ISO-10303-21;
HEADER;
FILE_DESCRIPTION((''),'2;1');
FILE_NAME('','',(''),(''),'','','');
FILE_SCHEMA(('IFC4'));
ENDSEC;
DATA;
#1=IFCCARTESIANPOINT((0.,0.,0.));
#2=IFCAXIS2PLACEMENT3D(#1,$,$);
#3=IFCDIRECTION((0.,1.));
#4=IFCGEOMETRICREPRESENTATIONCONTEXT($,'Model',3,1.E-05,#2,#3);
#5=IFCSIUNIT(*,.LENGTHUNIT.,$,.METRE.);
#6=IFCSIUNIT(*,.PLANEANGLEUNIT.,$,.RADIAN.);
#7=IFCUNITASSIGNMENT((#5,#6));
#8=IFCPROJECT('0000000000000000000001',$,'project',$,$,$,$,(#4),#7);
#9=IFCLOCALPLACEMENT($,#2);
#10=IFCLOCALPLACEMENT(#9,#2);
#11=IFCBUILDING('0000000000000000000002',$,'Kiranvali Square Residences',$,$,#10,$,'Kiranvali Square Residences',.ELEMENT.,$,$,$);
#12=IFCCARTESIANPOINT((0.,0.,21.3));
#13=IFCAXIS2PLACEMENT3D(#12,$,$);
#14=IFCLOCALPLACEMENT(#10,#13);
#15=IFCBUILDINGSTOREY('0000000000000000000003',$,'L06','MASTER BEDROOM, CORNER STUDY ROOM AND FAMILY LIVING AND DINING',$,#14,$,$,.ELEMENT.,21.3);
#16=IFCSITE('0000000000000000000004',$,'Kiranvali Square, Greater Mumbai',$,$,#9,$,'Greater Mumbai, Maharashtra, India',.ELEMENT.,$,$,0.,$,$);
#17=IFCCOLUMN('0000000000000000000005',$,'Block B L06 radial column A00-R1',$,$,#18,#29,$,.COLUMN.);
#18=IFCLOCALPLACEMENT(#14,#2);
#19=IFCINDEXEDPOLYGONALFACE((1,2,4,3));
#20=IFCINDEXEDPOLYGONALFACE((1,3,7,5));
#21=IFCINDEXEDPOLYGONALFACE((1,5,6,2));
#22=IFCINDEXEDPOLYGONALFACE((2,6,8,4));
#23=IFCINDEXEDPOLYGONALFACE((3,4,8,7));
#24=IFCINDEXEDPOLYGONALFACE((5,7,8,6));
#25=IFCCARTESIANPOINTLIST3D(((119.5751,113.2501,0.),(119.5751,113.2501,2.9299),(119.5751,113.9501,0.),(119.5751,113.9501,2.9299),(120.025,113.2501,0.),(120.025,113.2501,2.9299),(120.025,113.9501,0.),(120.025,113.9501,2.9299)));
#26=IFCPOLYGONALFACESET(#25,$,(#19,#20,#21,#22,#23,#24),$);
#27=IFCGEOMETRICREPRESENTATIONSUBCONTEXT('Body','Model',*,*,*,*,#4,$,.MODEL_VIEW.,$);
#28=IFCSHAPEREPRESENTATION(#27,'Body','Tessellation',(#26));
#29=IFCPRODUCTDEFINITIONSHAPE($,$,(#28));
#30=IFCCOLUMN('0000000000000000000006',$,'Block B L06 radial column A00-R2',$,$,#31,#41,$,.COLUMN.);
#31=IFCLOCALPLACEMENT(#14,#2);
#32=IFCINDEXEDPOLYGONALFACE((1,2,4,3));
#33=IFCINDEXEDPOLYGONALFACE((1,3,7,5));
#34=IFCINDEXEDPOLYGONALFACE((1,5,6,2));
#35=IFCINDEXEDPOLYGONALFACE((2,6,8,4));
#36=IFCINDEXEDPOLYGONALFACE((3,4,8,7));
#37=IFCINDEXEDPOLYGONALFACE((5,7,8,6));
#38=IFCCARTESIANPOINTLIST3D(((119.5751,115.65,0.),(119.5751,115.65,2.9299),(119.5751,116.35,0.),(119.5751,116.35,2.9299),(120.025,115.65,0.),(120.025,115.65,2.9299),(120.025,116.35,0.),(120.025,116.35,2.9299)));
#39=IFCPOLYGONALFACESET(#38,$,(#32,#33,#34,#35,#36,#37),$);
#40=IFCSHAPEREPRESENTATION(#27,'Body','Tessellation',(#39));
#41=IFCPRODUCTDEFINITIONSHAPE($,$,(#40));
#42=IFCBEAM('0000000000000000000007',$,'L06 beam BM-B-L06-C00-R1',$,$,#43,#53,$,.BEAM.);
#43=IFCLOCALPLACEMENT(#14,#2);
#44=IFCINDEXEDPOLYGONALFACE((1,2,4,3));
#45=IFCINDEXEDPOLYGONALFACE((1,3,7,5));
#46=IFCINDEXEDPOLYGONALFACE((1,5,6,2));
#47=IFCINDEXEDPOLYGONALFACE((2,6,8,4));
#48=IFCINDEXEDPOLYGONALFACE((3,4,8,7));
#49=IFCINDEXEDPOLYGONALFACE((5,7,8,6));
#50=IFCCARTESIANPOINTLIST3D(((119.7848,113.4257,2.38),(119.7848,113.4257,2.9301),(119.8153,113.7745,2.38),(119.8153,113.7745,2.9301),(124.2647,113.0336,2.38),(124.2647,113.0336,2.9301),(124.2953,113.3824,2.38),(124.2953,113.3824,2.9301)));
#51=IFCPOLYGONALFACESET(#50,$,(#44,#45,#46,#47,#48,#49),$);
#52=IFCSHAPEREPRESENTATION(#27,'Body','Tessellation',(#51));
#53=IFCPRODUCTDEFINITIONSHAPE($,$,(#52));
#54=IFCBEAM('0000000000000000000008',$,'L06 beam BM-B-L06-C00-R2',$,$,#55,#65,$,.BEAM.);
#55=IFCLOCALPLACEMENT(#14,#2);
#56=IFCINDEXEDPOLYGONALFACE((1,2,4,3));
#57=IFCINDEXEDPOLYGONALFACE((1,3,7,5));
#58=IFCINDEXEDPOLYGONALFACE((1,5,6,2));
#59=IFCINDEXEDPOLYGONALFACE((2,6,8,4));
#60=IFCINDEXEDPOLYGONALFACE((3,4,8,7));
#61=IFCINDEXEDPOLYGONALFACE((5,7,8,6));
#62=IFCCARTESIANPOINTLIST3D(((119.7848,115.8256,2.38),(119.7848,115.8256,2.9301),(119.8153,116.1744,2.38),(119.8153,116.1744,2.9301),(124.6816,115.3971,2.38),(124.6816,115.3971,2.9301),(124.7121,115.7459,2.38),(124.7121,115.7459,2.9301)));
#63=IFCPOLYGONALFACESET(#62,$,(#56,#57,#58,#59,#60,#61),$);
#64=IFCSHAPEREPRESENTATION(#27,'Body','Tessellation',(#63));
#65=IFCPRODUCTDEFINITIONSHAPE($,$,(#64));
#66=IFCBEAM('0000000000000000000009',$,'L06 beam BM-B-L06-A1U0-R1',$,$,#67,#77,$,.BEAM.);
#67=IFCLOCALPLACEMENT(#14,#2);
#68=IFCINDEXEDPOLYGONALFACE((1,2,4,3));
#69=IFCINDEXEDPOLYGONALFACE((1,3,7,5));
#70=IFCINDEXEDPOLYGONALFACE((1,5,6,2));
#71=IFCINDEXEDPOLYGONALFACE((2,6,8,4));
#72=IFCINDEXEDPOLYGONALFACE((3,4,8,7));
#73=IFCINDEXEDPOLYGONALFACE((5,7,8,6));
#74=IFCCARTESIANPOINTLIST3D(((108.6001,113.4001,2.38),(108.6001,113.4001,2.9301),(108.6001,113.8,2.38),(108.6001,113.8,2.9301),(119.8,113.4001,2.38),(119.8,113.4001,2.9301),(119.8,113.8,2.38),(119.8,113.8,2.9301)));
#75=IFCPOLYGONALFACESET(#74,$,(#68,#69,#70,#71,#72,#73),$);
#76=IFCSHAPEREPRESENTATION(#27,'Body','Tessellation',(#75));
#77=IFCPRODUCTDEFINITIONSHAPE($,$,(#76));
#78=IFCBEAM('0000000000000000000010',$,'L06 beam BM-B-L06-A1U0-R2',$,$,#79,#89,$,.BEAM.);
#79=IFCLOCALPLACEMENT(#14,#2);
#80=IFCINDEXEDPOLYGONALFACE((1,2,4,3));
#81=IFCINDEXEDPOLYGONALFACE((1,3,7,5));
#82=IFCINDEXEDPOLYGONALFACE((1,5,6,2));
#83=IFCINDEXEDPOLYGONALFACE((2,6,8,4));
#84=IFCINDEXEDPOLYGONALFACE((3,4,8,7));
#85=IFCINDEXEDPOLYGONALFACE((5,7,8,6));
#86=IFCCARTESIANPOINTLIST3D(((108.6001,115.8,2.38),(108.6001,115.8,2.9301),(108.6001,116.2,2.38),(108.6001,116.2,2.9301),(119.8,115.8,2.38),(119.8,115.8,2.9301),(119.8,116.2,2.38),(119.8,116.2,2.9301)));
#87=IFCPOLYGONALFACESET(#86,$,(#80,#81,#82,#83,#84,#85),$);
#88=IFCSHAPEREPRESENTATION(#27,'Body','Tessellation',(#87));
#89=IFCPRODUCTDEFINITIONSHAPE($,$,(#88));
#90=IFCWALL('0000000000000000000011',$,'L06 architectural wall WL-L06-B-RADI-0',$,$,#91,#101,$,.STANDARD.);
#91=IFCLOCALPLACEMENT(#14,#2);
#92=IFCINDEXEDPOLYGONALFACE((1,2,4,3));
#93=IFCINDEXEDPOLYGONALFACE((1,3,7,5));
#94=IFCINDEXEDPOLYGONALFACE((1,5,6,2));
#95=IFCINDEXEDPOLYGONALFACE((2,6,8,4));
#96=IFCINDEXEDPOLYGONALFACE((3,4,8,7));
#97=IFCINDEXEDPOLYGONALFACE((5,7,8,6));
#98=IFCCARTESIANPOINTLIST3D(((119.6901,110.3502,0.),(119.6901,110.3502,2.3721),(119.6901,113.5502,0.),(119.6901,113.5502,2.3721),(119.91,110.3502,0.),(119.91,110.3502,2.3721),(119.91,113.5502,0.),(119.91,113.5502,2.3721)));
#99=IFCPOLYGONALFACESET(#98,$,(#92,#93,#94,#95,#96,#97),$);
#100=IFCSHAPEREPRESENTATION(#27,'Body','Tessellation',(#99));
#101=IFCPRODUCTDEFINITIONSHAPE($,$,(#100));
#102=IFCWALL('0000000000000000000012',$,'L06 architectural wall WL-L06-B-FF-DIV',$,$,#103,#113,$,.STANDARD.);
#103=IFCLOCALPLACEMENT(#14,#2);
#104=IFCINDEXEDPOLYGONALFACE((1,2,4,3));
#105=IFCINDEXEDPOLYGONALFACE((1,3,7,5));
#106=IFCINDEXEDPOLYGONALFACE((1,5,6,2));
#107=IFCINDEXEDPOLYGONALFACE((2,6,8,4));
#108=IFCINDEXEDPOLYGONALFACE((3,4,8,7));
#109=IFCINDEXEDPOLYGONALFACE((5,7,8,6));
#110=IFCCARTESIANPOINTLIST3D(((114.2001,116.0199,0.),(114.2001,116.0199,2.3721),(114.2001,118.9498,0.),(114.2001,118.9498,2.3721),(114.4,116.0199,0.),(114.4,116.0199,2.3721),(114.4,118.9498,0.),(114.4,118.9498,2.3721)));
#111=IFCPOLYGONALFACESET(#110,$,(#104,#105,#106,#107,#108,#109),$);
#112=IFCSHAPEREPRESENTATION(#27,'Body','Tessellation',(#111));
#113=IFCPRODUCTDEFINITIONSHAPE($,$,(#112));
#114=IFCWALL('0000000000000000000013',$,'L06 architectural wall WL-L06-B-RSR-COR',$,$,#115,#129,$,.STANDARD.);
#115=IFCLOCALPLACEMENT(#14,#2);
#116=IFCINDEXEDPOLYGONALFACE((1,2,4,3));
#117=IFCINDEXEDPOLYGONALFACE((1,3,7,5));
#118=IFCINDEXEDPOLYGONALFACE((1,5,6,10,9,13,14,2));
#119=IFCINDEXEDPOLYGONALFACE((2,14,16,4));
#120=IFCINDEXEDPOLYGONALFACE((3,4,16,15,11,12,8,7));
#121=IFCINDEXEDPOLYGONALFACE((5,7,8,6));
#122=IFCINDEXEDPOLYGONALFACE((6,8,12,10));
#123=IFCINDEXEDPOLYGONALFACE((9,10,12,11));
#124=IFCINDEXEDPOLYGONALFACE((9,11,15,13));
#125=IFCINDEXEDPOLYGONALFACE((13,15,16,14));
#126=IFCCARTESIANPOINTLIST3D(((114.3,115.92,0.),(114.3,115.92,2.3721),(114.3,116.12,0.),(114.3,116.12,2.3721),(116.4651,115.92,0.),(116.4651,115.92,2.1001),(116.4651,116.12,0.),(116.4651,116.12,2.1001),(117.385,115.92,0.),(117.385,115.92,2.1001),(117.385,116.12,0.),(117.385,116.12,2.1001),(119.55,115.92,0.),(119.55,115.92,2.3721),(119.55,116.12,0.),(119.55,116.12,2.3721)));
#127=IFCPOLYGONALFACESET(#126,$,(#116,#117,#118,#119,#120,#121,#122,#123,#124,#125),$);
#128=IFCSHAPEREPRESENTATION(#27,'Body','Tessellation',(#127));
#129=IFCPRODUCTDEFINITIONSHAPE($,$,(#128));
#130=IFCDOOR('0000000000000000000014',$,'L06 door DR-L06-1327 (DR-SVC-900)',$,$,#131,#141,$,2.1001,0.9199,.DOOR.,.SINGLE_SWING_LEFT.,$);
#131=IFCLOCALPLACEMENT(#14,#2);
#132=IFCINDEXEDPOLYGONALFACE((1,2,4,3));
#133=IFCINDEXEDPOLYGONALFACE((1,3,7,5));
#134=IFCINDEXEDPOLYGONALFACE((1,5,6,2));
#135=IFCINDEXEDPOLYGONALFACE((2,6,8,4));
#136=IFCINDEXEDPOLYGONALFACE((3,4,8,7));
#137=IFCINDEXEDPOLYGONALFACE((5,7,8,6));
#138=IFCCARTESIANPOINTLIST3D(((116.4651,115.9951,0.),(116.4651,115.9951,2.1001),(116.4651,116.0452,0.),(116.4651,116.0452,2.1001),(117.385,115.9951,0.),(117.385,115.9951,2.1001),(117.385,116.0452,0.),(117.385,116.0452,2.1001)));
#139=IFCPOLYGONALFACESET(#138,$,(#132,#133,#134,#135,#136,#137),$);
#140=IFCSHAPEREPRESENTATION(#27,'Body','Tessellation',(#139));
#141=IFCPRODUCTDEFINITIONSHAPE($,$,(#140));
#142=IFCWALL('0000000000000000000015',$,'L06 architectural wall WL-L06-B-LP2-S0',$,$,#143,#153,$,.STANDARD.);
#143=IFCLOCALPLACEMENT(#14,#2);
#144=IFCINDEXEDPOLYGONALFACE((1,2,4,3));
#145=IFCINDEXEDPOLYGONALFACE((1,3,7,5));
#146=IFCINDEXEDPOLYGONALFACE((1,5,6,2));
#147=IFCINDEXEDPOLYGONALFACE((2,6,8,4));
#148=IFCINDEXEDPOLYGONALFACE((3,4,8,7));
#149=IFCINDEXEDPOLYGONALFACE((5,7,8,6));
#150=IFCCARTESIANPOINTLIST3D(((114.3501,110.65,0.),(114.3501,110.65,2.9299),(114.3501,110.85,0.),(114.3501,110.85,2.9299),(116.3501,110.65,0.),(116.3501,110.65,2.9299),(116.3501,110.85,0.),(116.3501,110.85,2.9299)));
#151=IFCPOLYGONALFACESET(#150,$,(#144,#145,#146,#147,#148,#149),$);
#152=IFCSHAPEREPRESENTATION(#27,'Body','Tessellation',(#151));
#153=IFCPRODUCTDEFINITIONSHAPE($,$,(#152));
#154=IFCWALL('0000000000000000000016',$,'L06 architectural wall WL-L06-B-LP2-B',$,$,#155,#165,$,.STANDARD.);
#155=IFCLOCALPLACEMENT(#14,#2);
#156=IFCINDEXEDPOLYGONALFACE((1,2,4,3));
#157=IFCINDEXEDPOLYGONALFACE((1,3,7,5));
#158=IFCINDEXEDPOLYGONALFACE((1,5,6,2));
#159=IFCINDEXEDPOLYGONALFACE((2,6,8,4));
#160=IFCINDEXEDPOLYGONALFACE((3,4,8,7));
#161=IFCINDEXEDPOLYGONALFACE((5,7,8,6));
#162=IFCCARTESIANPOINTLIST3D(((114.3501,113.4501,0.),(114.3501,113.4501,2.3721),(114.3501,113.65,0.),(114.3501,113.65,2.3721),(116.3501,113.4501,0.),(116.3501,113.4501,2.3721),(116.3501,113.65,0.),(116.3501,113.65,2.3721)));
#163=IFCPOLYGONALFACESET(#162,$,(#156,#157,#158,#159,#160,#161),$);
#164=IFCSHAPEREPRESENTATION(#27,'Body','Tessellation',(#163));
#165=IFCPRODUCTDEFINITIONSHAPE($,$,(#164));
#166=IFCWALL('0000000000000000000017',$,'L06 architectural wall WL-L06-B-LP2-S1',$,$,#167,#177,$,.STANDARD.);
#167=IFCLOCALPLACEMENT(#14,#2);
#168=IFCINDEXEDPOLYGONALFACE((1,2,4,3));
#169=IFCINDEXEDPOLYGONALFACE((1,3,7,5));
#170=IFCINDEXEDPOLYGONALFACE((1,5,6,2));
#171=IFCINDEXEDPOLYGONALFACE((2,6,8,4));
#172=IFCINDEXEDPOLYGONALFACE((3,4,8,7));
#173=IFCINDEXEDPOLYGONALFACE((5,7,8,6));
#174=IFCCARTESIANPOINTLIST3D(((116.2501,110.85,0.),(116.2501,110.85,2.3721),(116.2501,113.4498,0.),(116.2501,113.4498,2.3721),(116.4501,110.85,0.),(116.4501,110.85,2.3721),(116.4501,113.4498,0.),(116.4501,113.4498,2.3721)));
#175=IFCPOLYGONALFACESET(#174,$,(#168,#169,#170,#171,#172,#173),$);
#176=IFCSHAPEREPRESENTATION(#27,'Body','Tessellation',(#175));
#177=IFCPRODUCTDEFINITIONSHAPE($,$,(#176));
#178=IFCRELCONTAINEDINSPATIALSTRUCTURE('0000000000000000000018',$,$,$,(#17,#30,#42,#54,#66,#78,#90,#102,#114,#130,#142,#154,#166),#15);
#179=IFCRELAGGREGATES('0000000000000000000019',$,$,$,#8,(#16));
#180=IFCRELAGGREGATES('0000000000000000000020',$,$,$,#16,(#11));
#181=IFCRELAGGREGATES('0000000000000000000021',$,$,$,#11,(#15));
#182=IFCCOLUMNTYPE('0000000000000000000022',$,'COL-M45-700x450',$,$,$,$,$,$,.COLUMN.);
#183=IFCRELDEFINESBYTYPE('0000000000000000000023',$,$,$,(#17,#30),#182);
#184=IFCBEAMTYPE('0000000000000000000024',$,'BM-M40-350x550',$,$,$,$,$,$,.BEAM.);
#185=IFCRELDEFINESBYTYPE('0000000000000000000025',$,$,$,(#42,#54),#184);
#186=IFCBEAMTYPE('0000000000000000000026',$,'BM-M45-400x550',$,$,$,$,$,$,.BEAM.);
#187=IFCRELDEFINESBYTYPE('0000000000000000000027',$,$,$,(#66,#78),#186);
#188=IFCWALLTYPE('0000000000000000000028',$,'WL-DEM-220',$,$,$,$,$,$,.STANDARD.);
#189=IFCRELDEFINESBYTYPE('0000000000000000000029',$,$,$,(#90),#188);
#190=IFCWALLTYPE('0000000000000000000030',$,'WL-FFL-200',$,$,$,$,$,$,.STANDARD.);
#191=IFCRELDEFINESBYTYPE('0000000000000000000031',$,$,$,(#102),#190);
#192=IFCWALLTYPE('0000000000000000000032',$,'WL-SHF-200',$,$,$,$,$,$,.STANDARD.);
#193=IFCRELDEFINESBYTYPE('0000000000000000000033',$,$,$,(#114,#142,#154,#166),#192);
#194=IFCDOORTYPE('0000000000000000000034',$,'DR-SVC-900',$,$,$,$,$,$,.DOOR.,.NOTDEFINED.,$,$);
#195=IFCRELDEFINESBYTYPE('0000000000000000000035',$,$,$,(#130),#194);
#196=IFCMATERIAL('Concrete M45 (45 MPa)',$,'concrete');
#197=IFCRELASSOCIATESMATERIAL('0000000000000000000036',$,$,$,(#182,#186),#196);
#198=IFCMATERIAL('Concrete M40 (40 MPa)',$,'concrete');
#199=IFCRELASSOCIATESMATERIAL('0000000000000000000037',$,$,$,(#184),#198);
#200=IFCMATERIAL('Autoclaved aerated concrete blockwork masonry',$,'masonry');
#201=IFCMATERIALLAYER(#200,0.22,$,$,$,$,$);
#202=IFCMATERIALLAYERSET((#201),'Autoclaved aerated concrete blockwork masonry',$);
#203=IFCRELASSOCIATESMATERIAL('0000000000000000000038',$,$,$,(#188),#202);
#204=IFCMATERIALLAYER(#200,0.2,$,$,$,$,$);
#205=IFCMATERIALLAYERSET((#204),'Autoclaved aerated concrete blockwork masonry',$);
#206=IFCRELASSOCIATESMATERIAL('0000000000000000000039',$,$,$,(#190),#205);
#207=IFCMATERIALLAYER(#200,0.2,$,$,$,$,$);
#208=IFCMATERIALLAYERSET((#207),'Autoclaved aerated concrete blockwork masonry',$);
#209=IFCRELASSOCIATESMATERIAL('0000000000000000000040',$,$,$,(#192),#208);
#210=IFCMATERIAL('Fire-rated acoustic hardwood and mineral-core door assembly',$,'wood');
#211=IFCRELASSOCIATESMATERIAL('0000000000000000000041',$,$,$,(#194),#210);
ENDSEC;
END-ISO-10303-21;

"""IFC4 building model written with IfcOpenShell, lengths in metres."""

from ifc_helpers import new_model, si_unit, direction, frame, frame_2d, origin, origin_2d, place, context, subcontext, project, spatial, rectangle, extrude, material, layer, layer_set, material_profile, profile_set, type_object, element, fill, save


model = new_model("IFC4")

# Units and contexts
model_context = context("Model", 3, precision=1e-05, world=origin(), true_north=direction((0.0, 1.0)))
body_context = subcontext(model_context, "Body", "Model", "MODEL_VIEW")
ifc_project = project(units=[si_unit("LENGTHUNIT", "METRE"), si_unit("PLANEANGLEUNIT", "RADIAN")], contexts=[model_context])

# Site, building, storey
site_placement = place(None, origin())
site = spatial("IfcSite", under=ifc_project, at=site_placement, Name="Kiranvali Square, Greater Mumbai", LongName="Greater Mumbai, Maharashtra, India", CompositionType="ELEMENT", RefElevation=0.0)
building_placement = place(site_placement, origin())
building = spatial("IfcBuilding", under=site, at=building_placement, Name="Kiranvali Square Residences", LongName="Kiranvali Square Residences", CompositionType="ELEMENT")
storey_placement = place(building_placement, frame((0.0, 0.0, 21.3)))
storey = spatial("IfcBuildingStorey", under=building, at=storey_placement, Name="L06", Description="MASTER BEDROOM, CORNER STUDY ROOM AND FAMILY LIVING AND DINING", CompositionType="ELEMENT", Elevation=21.3)

# Columns
ifc_material_1 = material(Name="Concrete M45 (45 MPa)", Category="concrete")
ifc_material_profile_1 = material_profile(ifc_material_1, rectangle(XDim=0.45, YDim=0.7, at=origin_2d()), Name="RC 700x450")
ifc_profile_set_1 = profile_set([ifc_material_profile_1], Name="Concrete M45 (45 MPa)")
column_type = type_object("IfcColumnType", Name="COL-M45-700x450", PredefinedType="COLUMN", material=ifc_profile_set_1)
for number, where, z_axis, x_axis, name in (
    (1, (119.8, 113.6001, 0.0), (0.0, 0.0, 1.0), (1.0, 0.0, 0.0), "Block B L06 radial column A00-R1"),
    (2, (119.8, 116.0, 0.0), (0.0, 0.0, 1.0), (1.0, 0.0, 0.0), "Block B L06 radial column A00-R2"),
):
    element("IfcColumn", number, at=place(storey_placement, frame(where, z_axis=z_axis, x_axis=x_axis)), inside=storey, type_object=column_type, Name=name, PredefinedType="COLUMN", context=body_context, shape_type="SweptSolid", body=[
        extrude(rectangle(XDim=0.45, YDim=0.7, at=origin_2d()), origin(), (0.0, 0.0, 1.0), 2.9299),
    ])

# Beams
ifc_material_2 = material(Name="Concrete M40 (40 MPa)", Category="concrete")
ifc_material_profile_2 = material_profile(ifc_material_2, rectangle(XDim=0.3501, YDim=0.55, at=origin_2d()), Name="RC 350x550")
ifc_profile_set_2 = profile_set([ifc_material_profile_2], Name="Concrete M40 (40 MPa)")
beam_type_1 = type_object("IfcBeamType", Name="BM-M40-350x550", PredefinedType="BEAM", material=ifc_profile_set_2)
beam_1_placement = place(storey_placement, frame((119.8, 113.6001, 2.655), z_axis=(0.996192, -0.087187, 0.0), x_axis=(0.087187, 0.996192, 0.0)))
element("IfcBeam", 3, at=beam_1_placement, inside=storey, type_object=beam_type_1, Name="L06 beam BM-B-L06-C00-R1", PredefinedType="BEAM", context=body_context, shape_type="SweptSolid", body=[
    extrude(rectangle(XDim=0.3501, YDim=0.55, at=origin_2d()), origin(), (0.0, 0.0, 1.0), 4.4971),
])
beam_2_placement = place(storey_placement, frame((119.8, 116.0, 2.655), z_axis=(0.996194, -0.087168, 0.0), x_axis=(0.087168, 0.996194, 0.0)))
element("IfcBeam", 4, at=beam_2_placement, inside=storey, type_object=beam_type_1, Name="L06 beam BM-B-L06-C00-R2", PredefinedType="BEAM", context=body_context, shape_type="SweptSolid", body=[
    extrude(rectangle(XDim=0.3501, YDim=0.55, at=origin_2d()), origin(), (0.0, 0.0, 1.0), 4.9155),
])
ifc_material_profile_3 = material_profile(ifc_material_1, rectangle(XDim=0.3999, YDim=0.55, at=origin_2d()), Name="RC 400x550")
ifc_profile_set_3 = profile_set([ifc_material_profile_3], Name="Concrete M45 (45 MPa)")
beam_type_2 = type_object("IfcBeamType", Name="BM-M45-400x550", PredefinedType="BEAM", material=ifc_profile_set_3)
for number, where, z_axis, x_axis, name in (
    (5, (119.8, 113.6001, 2.655), (-1.0, 0.0, 0.0), (0.0, -1.0, 0.0), "L06 beam BM-B-L06-A1U0-R1"),
    (6, (119.8, 116.0, 2.655), (-1.0, 0.0, 0.0), (0.0, -1.0, 0.0), "L06 beam BM-B-L06-A1U0-R2"),
):
    element("IfcBeam", number, at=place(storey_placement, frame(where, z_axis=z_axis, x_axis=x_axis)), inside=storey, type_object=beam_type_2, Name=name, PredefinedType="BEAM", context=body_context, shape_type="SweptSolid", body=[
        extrude(rectangle(XDim=0.3999, YDim=0.55, at=origin_2d()), origin(), (0.0, 0.0, 1.0), 11.2),
    ])

# Shared definitions
ifc_material_3 = material(Name="Autoclaved aerated concrete blockwork masonry", Category="masonry")
ifc_material_4 = material(Name="Fire-rated acoustic hardwood and mineral-core door assembly", Category="wood")

# Wall
ifc_layer_1 = layer(ifc_material_3, 0.22)
ifc_layer_set_1 = layer_set([ifc_layer_1], Name="Autoclaved aerated concrete blockwork masonry")
wall_type_1 = type_object("IfcWallType", Name="WL-DEM-220", PredefinedType="STANDARD", material=ifc_layer_set_1)
wall_1_placement = place(storey_placement, frame((119.8, 110.3501, 0.0), z_axis=(0.0, 0.0, 1.0), x_axis=(0.0, 1.0, 0.0)))
element("IfcWall", 7, at=wall_1_placement, inside=storey, type_object=wall_type_1, Name="L06 architectural wall WL-L06-B-RADI-0", PredefinedType="STANDARD", context=body_context, shape_type="SweptSolid", body=[
    extrude(rectangle(XDim=3.2, YDim=0.22, at=frame_2d((1.6001, 0.0))), origin(), (0.0, 0.0, 1.0), 2.3721),
])

# Shared definitions
ifc_layer_2 = layer(ifc_material_3, 0.2)
ifc_layer_set_2 = layer_set([ifc_layer_2], Name="Autoclaved aerated concrete blockwork masonry")
wall_type_2 = type_object("IfcWallType", Name="WL-FFL-200", PredefinedType="STANDARD", material=ifc_layer_set_2)

# Wall
wall_2_placement = place(storey_placement, frame((114.3, 116.02, 0.0), z_axis=(0.0, 0.0, 1.0), x_axis=(0.0, 1.0, 0.0)))
element("IfcWall", 8, at=wall_2_placement, inside=storey, type_object=wall_type_2, Name="L06 architectural wall WL-L06-B-FF-DIV", PredefinedType="STANDARD", context=body_context, shape_type="SweptSolid", body=[
    extrude(rectangle(XDim=2.9299, YDim=0.2, at=frame_2d((1.4648, 0.0))), origin(), (0.0, 0.0, 1.0), 2.3721),
])

# Wall, opening, door
ifc_layer_3 = layer(ifc_material_3, 0.2)
ifc_layer_set_3 = layer_set([ifc_layer_3], Name="Autoclaved aerated concrete blockwork masonry")
wall_type_3 = type_object("IfcWallType", Name="WL-SHF-200", PredefinedType="STANDARD", material=ifc_layer_set_3)
wall_3_placement = place(storey_placement, frame((119.55, 116.02, 0.0), z_axis=(0.0, 0.0, 1.0), x_axis=(-1.0, 0.0, 0.0)))
wall_3 = element("IfcWall", 9, at=wall_3_placement, inside=storey, type_object=wall_type_3, Name="L06 architectural wall WL-L06-B-RSR-COR", PredefinedType="STANDARD", context=body_context, shape_type="SweptSolid", body=[
    extrude(rectangle(XDim=5.25, YDim=0.2, at=frame_2d((2.625, 0.0))), origin(), (0.0, 0.0, 1.0), 2.3721),
])
opening_1_placement = place(wall_3_placement, frame((2.165, 0.0, 0.0)))
opening_1 = element("IfcOpeningElement", 10, at=opening_1_placement, cuts=wall_3, PredefinedType="OPENING", context=body_context, shape_type="SweptSolid", body=[
    extrude(rectangle(XDim=0.9199, YDim=2.1001, at=frame_2d((0.46, 1.05))), frame((0.0, 0.1099, 0.0), z_axis=(0.0, -1.0, 0.0), x_axis=(1.0, 0.0, 0.0)), (0.0, 0.0, 1.0), 0.22),
])
door_type_1 = type_object("IfcDoorType", Name="DR-SVC-900", OperationType="NOTDEFINED", PredefinedType="DOOR", material=ifc_material_4)
door_1_placement = place(opening_1_placement, origin())
door_1 = element("IfcDoor", 11, at=door_1_placement, inside=storey, type_object=door_type_1, Name="L06 door DR-L06-1327 (DR-SVC-900)", OperationType="SINGLE_SWING_LEFT", OverallHeight=2.1001, OverallWidth=0.9199, PredefinedType="DOOR", context=body_context, shape_type="SweptSolid", body=[
    extrude(rectangle(XDim=0.9199, YDim=2.1001, at=frame_2d((0.46, 1.05))), frame((0.0, 0.0249, 0.0), z_axis=(0.0, -1.0, 0.0), x_axis=(1.0, 0.0, 0.0)), (0.0, 0.0, 1.0), 0.05),
])
fill(opening_1, door_1)

# Walls
wall_4_placement = place(storey_placement, frame((116.3501, 110.75, 0.0), z_axis=(0.0, 0.0, 1.0), x_axis=(-1.0, 0.0, 0.0)))
element("IfcWall", 12, at=wall_4_placement, inside=storey, type_object=wall_type_3, Name="L06 architectural wall WL-L06-B-LP2-S0", PredefinedType="STANDARD", context=body_context, shape_type="SweptSolid", body=[
    extrude(rectangle(XDim=2.0, YDim=0.2, at=frame_2d((1.0, 0.0))), origin(), (0.0, 0.0, 1.0), 2.9299),
])
wall_5_placement = place(storey_placement, frame((116.3501, 113.55, 0.0), z_axis=(0.0, 0.0, 1.0), x_axis=(-1.0, 0.0, 0.0)))
element("IfcWall", 13, at=wall_5_placement, inside=storey, type_object=wall_type_3, Name="L06 architectural wall WL-L06-B-LP2-B", PredefinedType="STANDARD", context=body_context, shape_type="SweptSolid", body=[
    extrude(rectangle(XDim=2.0, YDim=0.2, at=frame_2d((1.0, 0.0))), origin(), (0.0, 0.0, 1.0), 2.3721),
])
wall_6_placement = place(storey_placement, frame((116.3501, 110.8501, 0.0), z_axis=(0.0, 0.0, 1.0), x_axis=(0.0, 1.0, 0.0)))
element("IfcWall", 14, at=wall_6_placement, inside=storey, type_object=wall_type_3, Name="L06 architectural wall WL-L06-B-LP2-S1", PredefinedType="STANDARD", context=body_context, shape_type="SweptSolid", body=[
    extrude(rectangle(XDim=2.5999, YDim=0.2, at=frame_2d((1.2998, 0.0))), origin(), (0.0, 0.0, 1.0), 2.3721),
])

save(model, "model.ifc")
